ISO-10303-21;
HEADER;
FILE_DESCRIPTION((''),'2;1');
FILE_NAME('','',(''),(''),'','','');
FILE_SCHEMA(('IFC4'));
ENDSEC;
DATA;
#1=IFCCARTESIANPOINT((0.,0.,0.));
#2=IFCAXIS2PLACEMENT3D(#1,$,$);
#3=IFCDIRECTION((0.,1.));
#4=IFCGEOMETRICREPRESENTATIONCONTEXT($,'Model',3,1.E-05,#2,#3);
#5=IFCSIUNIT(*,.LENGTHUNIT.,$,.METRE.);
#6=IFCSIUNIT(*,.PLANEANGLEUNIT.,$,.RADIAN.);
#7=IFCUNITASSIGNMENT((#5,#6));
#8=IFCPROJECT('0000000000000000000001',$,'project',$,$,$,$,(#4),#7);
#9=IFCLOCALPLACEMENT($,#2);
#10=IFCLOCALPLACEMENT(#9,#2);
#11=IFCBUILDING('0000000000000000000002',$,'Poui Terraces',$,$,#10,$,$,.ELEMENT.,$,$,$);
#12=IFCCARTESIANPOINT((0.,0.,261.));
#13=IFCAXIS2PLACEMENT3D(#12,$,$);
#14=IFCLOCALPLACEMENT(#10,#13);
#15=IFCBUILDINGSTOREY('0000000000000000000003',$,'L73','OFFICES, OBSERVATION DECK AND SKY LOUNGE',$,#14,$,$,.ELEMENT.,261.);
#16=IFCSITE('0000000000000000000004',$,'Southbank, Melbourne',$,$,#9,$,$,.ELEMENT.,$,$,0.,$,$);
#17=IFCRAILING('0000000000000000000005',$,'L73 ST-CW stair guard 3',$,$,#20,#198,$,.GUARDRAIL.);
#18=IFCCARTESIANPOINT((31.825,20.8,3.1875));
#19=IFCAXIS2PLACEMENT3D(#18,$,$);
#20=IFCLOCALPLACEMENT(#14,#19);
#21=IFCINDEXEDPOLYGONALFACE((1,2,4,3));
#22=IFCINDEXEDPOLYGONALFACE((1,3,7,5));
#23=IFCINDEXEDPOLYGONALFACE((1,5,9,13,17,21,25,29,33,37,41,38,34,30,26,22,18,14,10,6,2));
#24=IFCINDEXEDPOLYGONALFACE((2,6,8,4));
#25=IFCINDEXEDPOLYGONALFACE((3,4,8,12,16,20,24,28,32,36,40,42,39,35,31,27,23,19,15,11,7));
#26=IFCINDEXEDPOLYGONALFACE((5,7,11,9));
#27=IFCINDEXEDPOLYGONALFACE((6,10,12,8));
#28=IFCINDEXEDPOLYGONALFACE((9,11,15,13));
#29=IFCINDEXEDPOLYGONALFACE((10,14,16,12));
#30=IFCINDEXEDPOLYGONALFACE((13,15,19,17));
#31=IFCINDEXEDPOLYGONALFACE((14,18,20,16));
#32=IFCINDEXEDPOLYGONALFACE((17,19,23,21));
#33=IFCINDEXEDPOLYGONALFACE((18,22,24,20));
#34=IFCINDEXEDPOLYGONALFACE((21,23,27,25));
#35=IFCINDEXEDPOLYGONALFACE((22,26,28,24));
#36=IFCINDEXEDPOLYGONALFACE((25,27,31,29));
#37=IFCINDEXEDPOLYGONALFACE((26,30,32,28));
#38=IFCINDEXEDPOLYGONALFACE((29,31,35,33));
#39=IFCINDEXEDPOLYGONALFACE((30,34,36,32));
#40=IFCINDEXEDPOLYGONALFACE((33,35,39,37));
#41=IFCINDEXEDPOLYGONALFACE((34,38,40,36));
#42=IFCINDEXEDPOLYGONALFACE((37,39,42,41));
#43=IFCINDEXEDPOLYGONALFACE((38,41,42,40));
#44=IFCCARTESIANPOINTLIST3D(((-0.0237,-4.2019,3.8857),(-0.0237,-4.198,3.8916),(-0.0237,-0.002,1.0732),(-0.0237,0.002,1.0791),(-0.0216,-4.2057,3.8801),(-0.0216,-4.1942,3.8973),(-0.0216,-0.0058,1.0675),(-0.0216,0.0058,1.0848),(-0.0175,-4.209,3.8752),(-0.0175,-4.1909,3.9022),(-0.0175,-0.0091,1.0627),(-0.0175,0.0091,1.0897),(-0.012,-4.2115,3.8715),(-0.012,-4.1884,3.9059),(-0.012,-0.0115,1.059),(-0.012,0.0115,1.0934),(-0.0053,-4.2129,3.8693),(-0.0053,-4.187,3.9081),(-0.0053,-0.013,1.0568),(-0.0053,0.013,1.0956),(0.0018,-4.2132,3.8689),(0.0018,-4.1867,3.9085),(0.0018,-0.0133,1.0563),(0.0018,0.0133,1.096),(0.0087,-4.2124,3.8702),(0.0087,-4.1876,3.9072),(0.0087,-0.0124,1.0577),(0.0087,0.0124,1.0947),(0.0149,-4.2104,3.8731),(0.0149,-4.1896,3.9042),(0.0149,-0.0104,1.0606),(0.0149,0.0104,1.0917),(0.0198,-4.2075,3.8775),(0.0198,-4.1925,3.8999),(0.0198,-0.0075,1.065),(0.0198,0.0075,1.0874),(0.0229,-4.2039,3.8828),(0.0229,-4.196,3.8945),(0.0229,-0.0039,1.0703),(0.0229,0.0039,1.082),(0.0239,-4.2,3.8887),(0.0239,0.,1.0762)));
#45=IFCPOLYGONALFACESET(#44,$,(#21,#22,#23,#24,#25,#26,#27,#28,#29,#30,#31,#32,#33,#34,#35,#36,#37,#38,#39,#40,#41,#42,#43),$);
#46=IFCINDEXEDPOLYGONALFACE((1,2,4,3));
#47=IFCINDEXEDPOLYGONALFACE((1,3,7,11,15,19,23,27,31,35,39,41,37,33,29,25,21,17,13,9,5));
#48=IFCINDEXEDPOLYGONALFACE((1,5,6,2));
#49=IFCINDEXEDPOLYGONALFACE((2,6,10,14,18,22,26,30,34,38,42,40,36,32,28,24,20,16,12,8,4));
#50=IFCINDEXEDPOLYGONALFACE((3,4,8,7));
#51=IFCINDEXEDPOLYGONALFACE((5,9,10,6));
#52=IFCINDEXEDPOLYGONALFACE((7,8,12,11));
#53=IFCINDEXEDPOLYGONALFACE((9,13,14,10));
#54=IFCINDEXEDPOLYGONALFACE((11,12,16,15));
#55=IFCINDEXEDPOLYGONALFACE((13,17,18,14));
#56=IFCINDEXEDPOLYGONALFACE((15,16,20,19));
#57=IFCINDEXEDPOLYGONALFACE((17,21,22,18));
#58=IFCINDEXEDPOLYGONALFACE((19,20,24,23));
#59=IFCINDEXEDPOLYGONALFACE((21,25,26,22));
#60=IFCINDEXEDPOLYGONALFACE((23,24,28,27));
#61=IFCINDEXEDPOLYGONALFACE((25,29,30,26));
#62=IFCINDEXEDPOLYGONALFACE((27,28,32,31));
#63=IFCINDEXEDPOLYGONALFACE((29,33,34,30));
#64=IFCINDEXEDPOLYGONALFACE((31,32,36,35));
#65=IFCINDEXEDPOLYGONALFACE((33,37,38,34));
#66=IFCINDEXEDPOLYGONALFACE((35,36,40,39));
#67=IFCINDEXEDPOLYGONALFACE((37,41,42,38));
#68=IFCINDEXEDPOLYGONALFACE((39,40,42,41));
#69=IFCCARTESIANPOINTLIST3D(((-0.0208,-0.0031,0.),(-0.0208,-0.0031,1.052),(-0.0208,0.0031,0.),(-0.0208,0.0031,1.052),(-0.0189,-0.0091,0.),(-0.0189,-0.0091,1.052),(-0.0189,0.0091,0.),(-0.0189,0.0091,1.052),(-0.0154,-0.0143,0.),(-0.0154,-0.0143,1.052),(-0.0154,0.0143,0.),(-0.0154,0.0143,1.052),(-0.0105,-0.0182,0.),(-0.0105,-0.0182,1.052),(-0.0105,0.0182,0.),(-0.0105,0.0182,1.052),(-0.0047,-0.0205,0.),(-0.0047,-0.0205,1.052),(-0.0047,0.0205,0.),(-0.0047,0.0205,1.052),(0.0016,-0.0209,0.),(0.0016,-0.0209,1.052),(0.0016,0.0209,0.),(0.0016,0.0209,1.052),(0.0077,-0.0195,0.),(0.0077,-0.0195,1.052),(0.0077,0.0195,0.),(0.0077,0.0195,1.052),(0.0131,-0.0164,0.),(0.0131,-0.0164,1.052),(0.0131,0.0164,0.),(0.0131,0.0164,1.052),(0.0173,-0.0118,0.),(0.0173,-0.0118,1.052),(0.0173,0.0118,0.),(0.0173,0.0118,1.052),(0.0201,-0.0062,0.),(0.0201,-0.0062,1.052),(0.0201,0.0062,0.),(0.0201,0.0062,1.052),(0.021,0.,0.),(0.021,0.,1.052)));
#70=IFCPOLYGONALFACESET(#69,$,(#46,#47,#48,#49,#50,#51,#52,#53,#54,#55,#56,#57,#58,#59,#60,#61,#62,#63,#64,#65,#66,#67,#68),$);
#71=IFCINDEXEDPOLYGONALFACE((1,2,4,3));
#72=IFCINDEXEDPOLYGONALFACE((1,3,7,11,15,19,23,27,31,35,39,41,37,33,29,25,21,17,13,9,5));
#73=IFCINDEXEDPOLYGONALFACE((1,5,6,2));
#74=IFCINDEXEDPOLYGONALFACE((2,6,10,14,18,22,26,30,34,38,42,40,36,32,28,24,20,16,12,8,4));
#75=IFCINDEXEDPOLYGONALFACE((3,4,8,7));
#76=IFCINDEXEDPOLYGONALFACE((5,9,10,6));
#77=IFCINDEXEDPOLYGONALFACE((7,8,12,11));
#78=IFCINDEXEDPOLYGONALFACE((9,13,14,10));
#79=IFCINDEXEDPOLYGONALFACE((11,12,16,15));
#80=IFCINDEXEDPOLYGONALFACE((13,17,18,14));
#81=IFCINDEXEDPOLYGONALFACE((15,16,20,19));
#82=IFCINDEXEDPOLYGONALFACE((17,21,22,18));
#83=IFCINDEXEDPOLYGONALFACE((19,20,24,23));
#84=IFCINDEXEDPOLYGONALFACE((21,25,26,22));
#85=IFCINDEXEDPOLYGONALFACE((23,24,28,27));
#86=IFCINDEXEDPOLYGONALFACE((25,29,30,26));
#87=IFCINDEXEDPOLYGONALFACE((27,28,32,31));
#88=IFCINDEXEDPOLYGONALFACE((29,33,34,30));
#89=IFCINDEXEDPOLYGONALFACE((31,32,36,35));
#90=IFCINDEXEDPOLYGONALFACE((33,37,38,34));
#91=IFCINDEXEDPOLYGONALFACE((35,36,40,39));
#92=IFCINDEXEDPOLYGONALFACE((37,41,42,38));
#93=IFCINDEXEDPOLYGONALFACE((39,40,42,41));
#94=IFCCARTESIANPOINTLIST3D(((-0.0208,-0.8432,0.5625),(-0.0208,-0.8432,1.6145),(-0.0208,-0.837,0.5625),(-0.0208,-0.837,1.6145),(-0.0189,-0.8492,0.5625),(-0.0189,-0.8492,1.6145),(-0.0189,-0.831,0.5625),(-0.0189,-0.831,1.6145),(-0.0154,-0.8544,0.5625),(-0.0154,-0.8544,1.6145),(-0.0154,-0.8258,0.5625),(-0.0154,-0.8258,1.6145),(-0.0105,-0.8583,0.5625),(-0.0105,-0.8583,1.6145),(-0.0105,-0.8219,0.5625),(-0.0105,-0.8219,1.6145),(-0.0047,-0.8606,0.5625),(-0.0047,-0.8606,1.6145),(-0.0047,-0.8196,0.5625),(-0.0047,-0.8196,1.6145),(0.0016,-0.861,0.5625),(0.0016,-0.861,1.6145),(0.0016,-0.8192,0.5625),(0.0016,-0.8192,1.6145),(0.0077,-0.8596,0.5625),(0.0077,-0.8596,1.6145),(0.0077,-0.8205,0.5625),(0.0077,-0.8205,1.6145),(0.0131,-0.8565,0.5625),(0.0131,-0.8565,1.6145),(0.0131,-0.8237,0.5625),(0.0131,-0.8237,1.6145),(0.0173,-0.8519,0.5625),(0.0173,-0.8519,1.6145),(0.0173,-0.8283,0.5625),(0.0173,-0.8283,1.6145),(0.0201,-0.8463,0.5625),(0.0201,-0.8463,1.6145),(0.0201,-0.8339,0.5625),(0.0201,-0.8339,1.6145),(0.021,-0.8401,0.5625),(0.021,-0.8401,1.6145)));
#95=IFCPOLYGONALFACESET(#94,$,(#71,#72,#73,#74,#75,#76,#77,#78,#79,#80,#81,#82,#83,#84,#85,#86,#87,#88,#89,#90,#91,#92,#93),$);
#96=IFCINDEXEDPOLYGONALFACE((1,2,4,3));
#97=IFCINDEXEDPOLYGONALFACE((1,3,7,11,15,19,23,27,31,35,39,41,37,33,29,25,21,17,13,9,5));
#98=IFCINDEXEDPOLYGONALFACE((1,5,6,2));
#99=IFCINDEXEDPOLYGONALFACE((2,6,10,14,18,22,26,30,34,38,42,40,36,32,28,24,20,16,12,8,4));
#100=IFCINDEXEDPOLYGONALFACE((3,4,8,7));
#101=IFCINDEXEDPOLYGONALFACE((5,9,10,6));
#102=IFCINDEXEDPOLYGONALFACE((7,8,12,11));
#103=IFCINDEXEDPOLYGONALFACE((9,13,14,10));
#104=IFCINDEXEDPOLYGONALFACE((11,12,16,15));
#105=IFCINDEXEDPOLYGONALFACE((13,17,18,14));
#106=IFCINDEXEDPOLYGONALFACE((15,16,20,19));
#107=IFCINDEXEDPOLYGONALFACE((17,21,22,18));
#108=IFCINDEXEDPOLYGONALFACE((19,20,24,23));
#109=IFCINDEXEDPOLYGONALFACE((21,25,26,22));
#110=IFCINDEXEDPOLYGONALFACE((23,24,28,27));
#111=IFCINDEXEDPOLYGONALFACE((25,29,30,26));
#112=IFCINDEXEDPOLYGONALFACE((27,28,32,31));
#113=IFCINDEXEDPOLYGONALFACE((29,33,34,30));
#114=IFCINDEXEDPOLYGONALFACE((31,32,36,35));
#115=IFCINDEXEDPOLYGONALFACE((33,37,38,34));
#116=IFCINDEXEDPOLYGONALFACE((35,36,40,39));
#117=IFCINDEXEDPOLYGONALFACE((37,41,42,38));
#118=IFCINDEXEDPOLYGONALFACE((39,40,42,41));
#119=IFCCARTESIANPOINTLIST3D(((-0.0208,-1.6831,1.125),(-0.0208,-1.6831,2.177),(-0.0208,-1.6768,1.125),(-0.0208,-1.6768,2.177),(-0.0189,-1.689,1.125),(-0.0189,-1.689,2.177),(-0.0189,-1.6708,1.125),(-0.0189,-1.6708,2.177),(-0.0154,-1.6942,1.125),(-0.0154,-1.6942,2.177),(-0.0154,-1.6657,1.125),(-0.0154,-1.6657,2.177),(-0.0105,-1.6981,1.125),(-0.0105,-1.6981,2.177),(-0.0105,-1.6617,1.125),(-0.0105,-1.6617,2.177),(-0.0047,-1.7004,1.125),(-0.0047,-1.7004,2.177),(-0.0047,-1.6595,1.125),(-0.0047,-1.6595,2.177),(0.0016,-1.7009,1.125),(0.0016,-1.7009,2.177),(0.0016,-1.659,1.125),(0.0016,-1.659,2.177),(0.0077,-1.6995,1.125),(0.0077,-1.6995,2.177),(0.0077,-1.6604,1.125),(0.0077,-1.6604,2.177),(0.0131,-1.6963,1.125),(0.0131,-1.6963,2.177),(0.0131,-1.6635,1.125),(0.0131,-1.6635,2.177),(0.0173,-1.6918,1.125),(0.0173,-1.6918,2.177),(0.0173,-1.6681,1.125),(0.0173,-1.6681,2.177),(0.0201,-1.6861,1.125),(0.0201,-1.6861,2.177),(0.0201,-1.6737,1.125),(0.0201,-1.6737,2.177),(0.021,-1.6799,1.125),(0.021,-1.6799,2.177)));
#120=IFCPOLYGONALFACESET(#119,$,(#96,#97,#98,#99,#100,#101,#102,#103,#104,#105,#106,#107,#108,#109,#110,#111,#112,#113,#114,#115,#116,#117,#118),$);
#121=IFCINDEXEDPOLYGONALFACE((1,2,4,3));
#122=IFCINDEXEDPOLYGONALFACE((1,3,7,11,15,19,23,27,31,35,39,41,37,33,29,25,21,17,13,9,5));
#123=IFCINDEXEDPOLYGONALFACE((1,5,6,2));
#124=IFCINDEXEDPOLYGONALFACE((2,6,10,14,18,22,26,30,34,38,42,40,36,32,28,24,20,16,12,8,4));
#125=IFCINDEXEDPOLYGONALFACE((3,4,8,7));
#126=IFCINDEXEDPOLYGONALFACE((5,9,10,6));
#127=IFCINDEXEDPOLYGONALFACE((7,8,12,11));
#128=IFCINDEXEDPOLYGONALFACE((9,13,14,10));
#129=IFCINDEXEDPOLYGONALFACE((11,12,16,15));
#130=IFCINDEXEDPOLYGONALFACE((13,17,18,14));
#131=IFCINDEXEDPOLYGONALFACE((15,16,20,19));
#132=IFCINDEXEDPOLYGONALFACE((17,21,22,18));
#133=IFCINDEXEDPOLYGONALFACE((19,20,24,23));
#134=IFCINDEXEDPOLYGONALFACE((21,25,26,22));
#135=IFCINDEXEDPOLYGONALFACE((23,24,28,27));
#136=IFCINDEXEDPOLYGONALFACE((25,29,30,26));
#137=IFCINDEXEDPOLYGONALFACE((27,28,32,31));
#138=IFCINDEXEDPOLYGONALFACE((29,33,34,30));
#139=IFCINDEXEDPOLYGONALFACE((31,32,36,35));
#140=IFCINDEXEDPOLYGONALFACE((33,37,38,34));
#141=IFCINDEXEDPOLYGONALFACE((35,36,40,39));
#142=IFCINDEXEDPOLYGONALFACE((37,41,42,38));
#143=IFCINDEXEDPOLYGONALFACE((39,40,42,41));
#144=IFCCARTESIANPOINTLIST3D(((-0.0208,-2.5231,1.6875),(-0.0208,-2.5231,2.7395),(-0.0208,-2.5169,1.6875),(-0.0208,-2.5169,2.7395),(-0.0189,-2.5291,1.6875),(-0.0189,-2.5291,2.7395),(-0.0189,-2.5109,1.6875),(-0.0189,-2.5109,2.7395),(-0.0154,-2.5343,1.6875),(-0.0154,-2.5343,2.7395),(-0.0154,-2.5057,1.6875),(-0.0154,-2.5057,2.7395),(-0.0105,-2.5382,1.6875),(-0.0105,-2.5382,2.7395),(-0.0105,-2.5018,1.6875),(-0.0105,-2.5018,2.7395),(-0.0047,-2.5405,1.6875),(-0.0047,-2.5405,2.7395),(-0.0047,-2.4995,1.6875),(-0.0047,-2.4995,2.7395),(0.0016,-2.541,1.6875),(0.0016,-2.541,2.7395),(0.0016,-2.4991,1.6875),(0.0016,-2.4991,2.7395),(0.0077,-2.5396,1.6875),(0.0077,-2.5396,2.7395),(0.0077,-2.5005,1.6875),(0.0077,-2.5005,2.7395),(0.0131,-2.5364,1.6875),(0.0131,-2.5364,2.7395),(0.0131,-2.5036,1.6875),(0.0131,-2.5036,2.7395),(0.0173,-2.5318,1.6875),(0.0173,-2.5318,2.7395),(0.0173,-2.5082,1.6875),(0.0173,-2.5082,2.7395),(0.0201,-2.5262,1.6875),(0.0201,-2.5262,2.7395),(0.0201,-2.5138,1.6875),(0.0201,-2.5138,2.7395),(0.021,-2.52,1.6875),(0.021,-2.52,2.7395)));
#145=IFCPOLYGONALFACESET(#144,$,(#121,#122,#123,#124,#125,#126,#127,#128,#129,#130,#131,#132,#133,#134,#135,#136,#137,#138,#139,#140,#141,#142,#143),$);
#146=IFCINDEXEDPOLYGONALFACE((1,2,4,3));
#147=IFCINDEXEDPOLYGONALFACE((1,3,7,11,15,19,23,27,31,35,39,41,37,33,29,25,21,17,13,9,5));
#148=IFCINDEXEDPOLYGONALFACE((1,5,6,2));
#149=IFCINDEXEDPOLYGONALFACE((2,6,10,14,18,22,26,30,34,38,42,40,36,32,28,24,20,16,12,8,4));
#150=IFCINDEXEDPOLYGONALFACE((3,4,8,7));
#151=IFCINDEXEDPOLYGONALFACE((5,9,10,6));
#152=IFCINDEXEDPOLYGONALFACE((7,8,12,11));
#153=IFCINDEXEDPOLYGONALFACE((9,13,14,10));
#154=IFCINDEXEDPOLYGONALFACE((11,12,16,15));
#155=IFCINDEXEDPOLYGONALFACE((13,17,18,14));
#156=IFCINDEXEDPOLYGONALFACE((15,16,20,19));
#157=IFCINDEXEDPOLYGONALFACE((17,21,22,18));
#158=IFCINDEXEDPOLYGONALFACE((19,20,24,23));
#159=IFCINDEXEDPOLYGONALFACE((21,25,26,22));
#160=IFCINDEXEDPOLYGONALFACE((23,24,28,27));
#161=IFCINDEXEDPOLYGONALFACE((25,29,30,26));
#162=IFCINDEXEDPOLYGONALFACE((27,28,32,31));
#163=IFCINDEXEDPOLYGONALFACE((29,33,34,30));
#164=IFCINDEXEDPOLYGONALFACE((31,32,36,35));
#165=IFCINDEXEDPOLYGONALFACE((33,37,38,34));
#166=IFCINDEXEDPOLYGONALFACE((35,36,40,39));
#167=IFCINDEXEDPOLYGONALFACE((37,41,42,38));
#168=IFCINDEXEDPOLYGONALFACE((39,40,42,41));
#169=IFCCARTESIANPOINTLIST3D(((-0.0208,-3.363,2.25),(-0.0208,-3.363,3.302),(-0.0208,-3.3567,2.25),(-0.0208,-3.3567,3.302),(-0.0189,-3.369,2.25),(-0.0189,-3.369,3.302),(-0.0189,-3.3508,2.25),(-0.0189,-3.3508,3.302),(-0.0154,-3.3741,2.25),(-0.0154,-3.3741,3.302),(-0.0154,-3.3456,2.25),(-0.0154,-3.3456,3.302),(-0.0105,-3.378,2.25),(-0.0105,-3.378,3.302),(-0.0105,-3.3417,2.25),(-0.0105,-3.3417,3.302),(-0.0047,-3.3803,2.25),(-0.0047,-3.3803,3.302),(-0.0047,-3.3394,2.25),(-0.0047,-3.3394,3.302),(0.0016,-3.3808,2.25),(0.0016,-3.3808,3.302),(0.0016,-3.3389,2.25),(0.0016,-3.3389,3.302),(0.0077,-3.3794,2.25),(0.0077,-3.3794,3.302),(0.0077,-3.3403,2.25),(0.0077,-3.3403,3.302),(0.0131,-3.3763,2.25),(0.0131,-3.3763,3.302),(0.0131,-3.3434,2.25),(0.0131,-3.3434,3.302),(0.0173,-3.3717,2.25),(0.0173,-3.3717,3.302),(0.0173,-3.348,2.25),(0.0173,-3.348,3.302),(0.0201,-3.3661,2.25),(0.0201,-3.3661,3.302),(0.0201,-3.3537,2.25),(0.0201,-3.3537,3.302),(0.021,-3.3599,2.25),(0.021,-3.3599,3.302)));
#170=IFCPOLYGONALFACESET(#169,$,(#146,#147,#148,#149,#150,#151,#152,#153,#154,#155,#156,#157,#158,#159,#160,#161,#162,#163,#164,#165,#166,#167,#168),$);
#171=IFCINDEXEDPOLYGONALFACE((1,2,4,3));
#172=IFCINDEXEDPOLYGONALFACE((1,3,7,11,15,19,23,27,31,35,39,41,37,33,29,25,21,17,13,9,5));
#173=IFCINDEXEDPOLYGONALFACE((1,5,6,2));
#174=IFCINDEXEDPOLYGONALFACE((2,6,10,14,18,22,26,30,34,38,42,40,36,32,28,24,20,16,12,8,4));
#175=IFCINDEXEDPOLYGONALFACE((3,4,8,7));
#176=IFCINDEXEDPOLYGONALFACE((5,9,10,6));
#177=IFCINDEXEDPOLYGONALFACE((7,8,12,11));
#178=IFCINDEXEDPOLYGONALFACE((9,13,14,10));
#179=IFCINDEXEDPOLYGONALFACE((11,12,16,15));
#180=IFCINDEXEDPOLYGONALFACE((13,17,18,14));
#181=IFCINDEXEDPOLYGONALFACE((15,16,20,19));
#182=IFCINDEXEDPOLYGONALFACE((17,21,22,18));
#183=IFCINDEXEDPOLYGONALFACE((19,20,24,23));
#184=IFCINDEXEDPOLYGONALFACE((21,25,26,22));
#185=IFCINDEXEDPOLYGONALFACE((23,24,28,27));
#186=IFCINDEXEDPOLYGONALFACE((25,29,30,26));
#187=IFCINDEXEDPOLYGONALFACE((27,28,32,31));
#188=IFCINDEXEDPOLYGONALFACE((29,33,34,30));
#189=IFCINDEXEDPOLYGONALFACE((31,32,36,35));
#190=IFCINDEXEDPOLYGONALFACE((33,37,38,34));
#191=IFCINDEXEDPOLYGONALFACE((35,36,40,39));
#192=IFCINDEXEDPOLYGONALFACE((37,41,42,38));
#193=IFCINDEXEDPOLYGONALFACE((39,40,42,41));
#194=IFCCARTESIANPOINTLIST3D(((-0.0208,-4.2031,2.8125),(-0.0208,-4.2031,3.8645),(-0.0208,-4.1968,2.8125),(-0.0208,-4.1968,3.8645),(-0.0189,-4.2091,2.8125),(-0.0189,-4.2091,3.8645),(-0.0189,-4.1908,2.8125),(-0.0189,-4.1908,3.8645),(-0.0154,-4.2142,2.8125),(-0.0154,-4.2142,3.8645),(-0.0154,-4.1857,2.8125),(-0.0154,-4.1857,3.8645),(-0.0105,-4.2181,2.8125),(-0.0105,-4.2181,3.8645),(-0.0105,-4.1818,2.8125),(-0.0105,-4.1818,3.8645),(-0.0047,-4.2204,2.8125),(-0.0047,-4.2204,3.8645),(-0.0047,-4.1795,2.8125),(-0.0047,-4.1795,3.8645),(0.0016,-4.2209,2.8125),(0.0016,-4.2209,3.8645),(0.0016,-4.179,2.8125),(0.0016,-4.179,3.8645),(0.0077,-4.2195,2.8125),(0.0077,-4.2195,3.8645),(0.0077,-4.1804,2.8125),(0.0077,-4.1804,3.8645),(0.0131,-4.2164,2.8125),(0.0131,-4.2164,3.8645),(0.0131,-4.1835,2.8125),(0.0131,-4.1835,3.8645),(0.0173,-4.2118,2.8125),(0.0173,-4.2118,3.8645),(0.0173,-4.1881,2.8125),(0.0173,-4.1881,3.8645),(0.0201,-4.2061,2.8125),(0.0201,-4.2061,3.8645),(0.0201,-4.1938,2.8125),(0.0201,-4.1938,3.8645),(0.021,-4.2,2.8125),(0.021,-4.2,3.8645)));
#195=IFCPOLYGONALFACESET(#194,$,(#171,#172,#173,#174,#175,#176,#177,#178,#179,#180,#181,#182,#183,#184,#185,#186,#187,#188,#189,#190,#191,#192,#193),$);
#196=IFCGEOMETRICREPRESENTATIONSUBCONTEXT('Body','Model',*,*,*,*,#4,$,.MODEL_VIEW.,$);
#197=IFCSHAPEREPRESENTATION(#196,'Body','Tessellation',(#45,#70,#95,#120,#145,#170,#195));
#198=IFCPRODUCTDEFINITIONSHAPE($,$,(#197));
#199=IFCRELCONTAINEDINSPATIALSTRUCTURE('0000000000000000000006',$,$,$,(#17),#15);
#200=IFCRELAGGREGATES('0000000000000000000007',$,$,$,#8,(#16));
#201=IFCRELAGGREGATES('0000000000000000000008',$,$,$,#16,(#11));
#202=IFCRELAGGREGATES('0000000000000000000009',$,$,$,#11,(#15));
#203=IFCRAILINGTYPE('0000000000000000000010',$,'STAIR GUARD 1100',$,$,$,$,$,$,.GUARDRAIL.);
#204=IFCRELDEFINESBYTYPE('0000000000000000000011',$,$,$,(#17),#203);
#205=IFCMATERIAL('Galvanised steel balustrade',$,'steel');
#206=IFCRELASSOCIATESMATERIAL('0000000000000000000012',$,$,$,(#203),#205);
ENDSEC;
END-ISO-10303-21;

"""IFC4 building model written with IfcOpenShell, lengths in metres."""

from ifc_helpers import new_model, si_unit, direction, frame, origin, origin_2d, place, context, subcontext, project, spatial, circle, extrude, material, type_object, element, save


model = new_model("IFC4")

# Units and contexts
model_context = context("Model", 3, precision=1e-05, world=origin(), true_north=direction((0.0, 1.0)))
body_context = subcontext(model_context, "Body", "Model", "MODEL_VIEW")
ifc_project = project(units=[si_unit("LENGTHUNIT", "METRE"), si_unit("PLANEANGLEUNIT", "RADIAN")], contexts=[model_context])

# Site, building, storey
site_placement = place(None, origin())
site = spatial("IfcSite", under=ifc_project, at=site_placement, Name="Southbank, Melbourne", CompositionType="ELEMENT", RefElevation=0.0)
building_placement = place(site_placement, origin())
building = spatial("IfcBuilding", under=site, at=building_placement, Name="Poui Terraces", CompositionType="ELEMENT")
storey_placement = place(building_placement, frame((0.0, 0.0, 261.0)))
storey = spatial("IfcBuildingStorey", under=building, at=storey_placement, Name="L73", Description="OFFICES, OBSERVATION DECK AND SKY LOUNGE", CompositionType="ELEMENT", Elevation=261.0)

# Railing
ifc_material_1 = material(Name="Galvanised steel balustrade", Category="steel")
railing_type_1 = type_object("IfcRailingType", Name="STAIR GUARD 1100", PredefinedType="GUARDRAIL", material=ifc_material_1)
railing_1_placement = place(storey_placement, frame((31.825, 20.8, 3.1875)))
element("IfcRailing", 1, at=railing_1_placement, inside=storey, type_object=railing_type_1, Name="L73 ST-CW stair guard 3", PredefinedType="GUARDRAIL", context=body_context, shape_type="SweptSolid", body=[
    extrude(circle(Radius=0.0239, at=origin_2d()), frame((0.0, 0.0, 1.0762), z_axis=(0.0, -0.830904, 0.556416), x_axis=(1.0, 0.0, 0.0)), (0.0, 0.0, 1.0), 5.0547),
    extrude(circle(Radius=0.021, at=origin_2d()), origin(), (0.0, 0.0, 1.0), 1.052),
    extrude(circle(Radius=0.021, at=origin_2d()), frame((0.0, -0.8401, 0.5625)), (0.0, 0.0, 1.0), 1.052),
    extrude(circle(Radius=0.021, at=origin_2d()), frame((0.0, -1.6799, 1.125)), (0.0, 0.0, 1.0), 1.052),
    extrude(circle(Radius=0.021, at=origin_2d()), frame((0.0, -2.52, 1.6875)), (0.0, 0.0, 1.0), 1.052),
    extrude(circle(Radius=0.021, at=origin_2d()), frame((0.0, -3.3599, 2.25)), (0.0, 0.0, 1.0), 1.052),
    extrude(circle(Radius=0.021, at=origin_2d()), frame((0.0, -4.2, 2.8125)), (0.0, 0.0, 1.0), 1.052),
])

save(model, "model.ifc")
